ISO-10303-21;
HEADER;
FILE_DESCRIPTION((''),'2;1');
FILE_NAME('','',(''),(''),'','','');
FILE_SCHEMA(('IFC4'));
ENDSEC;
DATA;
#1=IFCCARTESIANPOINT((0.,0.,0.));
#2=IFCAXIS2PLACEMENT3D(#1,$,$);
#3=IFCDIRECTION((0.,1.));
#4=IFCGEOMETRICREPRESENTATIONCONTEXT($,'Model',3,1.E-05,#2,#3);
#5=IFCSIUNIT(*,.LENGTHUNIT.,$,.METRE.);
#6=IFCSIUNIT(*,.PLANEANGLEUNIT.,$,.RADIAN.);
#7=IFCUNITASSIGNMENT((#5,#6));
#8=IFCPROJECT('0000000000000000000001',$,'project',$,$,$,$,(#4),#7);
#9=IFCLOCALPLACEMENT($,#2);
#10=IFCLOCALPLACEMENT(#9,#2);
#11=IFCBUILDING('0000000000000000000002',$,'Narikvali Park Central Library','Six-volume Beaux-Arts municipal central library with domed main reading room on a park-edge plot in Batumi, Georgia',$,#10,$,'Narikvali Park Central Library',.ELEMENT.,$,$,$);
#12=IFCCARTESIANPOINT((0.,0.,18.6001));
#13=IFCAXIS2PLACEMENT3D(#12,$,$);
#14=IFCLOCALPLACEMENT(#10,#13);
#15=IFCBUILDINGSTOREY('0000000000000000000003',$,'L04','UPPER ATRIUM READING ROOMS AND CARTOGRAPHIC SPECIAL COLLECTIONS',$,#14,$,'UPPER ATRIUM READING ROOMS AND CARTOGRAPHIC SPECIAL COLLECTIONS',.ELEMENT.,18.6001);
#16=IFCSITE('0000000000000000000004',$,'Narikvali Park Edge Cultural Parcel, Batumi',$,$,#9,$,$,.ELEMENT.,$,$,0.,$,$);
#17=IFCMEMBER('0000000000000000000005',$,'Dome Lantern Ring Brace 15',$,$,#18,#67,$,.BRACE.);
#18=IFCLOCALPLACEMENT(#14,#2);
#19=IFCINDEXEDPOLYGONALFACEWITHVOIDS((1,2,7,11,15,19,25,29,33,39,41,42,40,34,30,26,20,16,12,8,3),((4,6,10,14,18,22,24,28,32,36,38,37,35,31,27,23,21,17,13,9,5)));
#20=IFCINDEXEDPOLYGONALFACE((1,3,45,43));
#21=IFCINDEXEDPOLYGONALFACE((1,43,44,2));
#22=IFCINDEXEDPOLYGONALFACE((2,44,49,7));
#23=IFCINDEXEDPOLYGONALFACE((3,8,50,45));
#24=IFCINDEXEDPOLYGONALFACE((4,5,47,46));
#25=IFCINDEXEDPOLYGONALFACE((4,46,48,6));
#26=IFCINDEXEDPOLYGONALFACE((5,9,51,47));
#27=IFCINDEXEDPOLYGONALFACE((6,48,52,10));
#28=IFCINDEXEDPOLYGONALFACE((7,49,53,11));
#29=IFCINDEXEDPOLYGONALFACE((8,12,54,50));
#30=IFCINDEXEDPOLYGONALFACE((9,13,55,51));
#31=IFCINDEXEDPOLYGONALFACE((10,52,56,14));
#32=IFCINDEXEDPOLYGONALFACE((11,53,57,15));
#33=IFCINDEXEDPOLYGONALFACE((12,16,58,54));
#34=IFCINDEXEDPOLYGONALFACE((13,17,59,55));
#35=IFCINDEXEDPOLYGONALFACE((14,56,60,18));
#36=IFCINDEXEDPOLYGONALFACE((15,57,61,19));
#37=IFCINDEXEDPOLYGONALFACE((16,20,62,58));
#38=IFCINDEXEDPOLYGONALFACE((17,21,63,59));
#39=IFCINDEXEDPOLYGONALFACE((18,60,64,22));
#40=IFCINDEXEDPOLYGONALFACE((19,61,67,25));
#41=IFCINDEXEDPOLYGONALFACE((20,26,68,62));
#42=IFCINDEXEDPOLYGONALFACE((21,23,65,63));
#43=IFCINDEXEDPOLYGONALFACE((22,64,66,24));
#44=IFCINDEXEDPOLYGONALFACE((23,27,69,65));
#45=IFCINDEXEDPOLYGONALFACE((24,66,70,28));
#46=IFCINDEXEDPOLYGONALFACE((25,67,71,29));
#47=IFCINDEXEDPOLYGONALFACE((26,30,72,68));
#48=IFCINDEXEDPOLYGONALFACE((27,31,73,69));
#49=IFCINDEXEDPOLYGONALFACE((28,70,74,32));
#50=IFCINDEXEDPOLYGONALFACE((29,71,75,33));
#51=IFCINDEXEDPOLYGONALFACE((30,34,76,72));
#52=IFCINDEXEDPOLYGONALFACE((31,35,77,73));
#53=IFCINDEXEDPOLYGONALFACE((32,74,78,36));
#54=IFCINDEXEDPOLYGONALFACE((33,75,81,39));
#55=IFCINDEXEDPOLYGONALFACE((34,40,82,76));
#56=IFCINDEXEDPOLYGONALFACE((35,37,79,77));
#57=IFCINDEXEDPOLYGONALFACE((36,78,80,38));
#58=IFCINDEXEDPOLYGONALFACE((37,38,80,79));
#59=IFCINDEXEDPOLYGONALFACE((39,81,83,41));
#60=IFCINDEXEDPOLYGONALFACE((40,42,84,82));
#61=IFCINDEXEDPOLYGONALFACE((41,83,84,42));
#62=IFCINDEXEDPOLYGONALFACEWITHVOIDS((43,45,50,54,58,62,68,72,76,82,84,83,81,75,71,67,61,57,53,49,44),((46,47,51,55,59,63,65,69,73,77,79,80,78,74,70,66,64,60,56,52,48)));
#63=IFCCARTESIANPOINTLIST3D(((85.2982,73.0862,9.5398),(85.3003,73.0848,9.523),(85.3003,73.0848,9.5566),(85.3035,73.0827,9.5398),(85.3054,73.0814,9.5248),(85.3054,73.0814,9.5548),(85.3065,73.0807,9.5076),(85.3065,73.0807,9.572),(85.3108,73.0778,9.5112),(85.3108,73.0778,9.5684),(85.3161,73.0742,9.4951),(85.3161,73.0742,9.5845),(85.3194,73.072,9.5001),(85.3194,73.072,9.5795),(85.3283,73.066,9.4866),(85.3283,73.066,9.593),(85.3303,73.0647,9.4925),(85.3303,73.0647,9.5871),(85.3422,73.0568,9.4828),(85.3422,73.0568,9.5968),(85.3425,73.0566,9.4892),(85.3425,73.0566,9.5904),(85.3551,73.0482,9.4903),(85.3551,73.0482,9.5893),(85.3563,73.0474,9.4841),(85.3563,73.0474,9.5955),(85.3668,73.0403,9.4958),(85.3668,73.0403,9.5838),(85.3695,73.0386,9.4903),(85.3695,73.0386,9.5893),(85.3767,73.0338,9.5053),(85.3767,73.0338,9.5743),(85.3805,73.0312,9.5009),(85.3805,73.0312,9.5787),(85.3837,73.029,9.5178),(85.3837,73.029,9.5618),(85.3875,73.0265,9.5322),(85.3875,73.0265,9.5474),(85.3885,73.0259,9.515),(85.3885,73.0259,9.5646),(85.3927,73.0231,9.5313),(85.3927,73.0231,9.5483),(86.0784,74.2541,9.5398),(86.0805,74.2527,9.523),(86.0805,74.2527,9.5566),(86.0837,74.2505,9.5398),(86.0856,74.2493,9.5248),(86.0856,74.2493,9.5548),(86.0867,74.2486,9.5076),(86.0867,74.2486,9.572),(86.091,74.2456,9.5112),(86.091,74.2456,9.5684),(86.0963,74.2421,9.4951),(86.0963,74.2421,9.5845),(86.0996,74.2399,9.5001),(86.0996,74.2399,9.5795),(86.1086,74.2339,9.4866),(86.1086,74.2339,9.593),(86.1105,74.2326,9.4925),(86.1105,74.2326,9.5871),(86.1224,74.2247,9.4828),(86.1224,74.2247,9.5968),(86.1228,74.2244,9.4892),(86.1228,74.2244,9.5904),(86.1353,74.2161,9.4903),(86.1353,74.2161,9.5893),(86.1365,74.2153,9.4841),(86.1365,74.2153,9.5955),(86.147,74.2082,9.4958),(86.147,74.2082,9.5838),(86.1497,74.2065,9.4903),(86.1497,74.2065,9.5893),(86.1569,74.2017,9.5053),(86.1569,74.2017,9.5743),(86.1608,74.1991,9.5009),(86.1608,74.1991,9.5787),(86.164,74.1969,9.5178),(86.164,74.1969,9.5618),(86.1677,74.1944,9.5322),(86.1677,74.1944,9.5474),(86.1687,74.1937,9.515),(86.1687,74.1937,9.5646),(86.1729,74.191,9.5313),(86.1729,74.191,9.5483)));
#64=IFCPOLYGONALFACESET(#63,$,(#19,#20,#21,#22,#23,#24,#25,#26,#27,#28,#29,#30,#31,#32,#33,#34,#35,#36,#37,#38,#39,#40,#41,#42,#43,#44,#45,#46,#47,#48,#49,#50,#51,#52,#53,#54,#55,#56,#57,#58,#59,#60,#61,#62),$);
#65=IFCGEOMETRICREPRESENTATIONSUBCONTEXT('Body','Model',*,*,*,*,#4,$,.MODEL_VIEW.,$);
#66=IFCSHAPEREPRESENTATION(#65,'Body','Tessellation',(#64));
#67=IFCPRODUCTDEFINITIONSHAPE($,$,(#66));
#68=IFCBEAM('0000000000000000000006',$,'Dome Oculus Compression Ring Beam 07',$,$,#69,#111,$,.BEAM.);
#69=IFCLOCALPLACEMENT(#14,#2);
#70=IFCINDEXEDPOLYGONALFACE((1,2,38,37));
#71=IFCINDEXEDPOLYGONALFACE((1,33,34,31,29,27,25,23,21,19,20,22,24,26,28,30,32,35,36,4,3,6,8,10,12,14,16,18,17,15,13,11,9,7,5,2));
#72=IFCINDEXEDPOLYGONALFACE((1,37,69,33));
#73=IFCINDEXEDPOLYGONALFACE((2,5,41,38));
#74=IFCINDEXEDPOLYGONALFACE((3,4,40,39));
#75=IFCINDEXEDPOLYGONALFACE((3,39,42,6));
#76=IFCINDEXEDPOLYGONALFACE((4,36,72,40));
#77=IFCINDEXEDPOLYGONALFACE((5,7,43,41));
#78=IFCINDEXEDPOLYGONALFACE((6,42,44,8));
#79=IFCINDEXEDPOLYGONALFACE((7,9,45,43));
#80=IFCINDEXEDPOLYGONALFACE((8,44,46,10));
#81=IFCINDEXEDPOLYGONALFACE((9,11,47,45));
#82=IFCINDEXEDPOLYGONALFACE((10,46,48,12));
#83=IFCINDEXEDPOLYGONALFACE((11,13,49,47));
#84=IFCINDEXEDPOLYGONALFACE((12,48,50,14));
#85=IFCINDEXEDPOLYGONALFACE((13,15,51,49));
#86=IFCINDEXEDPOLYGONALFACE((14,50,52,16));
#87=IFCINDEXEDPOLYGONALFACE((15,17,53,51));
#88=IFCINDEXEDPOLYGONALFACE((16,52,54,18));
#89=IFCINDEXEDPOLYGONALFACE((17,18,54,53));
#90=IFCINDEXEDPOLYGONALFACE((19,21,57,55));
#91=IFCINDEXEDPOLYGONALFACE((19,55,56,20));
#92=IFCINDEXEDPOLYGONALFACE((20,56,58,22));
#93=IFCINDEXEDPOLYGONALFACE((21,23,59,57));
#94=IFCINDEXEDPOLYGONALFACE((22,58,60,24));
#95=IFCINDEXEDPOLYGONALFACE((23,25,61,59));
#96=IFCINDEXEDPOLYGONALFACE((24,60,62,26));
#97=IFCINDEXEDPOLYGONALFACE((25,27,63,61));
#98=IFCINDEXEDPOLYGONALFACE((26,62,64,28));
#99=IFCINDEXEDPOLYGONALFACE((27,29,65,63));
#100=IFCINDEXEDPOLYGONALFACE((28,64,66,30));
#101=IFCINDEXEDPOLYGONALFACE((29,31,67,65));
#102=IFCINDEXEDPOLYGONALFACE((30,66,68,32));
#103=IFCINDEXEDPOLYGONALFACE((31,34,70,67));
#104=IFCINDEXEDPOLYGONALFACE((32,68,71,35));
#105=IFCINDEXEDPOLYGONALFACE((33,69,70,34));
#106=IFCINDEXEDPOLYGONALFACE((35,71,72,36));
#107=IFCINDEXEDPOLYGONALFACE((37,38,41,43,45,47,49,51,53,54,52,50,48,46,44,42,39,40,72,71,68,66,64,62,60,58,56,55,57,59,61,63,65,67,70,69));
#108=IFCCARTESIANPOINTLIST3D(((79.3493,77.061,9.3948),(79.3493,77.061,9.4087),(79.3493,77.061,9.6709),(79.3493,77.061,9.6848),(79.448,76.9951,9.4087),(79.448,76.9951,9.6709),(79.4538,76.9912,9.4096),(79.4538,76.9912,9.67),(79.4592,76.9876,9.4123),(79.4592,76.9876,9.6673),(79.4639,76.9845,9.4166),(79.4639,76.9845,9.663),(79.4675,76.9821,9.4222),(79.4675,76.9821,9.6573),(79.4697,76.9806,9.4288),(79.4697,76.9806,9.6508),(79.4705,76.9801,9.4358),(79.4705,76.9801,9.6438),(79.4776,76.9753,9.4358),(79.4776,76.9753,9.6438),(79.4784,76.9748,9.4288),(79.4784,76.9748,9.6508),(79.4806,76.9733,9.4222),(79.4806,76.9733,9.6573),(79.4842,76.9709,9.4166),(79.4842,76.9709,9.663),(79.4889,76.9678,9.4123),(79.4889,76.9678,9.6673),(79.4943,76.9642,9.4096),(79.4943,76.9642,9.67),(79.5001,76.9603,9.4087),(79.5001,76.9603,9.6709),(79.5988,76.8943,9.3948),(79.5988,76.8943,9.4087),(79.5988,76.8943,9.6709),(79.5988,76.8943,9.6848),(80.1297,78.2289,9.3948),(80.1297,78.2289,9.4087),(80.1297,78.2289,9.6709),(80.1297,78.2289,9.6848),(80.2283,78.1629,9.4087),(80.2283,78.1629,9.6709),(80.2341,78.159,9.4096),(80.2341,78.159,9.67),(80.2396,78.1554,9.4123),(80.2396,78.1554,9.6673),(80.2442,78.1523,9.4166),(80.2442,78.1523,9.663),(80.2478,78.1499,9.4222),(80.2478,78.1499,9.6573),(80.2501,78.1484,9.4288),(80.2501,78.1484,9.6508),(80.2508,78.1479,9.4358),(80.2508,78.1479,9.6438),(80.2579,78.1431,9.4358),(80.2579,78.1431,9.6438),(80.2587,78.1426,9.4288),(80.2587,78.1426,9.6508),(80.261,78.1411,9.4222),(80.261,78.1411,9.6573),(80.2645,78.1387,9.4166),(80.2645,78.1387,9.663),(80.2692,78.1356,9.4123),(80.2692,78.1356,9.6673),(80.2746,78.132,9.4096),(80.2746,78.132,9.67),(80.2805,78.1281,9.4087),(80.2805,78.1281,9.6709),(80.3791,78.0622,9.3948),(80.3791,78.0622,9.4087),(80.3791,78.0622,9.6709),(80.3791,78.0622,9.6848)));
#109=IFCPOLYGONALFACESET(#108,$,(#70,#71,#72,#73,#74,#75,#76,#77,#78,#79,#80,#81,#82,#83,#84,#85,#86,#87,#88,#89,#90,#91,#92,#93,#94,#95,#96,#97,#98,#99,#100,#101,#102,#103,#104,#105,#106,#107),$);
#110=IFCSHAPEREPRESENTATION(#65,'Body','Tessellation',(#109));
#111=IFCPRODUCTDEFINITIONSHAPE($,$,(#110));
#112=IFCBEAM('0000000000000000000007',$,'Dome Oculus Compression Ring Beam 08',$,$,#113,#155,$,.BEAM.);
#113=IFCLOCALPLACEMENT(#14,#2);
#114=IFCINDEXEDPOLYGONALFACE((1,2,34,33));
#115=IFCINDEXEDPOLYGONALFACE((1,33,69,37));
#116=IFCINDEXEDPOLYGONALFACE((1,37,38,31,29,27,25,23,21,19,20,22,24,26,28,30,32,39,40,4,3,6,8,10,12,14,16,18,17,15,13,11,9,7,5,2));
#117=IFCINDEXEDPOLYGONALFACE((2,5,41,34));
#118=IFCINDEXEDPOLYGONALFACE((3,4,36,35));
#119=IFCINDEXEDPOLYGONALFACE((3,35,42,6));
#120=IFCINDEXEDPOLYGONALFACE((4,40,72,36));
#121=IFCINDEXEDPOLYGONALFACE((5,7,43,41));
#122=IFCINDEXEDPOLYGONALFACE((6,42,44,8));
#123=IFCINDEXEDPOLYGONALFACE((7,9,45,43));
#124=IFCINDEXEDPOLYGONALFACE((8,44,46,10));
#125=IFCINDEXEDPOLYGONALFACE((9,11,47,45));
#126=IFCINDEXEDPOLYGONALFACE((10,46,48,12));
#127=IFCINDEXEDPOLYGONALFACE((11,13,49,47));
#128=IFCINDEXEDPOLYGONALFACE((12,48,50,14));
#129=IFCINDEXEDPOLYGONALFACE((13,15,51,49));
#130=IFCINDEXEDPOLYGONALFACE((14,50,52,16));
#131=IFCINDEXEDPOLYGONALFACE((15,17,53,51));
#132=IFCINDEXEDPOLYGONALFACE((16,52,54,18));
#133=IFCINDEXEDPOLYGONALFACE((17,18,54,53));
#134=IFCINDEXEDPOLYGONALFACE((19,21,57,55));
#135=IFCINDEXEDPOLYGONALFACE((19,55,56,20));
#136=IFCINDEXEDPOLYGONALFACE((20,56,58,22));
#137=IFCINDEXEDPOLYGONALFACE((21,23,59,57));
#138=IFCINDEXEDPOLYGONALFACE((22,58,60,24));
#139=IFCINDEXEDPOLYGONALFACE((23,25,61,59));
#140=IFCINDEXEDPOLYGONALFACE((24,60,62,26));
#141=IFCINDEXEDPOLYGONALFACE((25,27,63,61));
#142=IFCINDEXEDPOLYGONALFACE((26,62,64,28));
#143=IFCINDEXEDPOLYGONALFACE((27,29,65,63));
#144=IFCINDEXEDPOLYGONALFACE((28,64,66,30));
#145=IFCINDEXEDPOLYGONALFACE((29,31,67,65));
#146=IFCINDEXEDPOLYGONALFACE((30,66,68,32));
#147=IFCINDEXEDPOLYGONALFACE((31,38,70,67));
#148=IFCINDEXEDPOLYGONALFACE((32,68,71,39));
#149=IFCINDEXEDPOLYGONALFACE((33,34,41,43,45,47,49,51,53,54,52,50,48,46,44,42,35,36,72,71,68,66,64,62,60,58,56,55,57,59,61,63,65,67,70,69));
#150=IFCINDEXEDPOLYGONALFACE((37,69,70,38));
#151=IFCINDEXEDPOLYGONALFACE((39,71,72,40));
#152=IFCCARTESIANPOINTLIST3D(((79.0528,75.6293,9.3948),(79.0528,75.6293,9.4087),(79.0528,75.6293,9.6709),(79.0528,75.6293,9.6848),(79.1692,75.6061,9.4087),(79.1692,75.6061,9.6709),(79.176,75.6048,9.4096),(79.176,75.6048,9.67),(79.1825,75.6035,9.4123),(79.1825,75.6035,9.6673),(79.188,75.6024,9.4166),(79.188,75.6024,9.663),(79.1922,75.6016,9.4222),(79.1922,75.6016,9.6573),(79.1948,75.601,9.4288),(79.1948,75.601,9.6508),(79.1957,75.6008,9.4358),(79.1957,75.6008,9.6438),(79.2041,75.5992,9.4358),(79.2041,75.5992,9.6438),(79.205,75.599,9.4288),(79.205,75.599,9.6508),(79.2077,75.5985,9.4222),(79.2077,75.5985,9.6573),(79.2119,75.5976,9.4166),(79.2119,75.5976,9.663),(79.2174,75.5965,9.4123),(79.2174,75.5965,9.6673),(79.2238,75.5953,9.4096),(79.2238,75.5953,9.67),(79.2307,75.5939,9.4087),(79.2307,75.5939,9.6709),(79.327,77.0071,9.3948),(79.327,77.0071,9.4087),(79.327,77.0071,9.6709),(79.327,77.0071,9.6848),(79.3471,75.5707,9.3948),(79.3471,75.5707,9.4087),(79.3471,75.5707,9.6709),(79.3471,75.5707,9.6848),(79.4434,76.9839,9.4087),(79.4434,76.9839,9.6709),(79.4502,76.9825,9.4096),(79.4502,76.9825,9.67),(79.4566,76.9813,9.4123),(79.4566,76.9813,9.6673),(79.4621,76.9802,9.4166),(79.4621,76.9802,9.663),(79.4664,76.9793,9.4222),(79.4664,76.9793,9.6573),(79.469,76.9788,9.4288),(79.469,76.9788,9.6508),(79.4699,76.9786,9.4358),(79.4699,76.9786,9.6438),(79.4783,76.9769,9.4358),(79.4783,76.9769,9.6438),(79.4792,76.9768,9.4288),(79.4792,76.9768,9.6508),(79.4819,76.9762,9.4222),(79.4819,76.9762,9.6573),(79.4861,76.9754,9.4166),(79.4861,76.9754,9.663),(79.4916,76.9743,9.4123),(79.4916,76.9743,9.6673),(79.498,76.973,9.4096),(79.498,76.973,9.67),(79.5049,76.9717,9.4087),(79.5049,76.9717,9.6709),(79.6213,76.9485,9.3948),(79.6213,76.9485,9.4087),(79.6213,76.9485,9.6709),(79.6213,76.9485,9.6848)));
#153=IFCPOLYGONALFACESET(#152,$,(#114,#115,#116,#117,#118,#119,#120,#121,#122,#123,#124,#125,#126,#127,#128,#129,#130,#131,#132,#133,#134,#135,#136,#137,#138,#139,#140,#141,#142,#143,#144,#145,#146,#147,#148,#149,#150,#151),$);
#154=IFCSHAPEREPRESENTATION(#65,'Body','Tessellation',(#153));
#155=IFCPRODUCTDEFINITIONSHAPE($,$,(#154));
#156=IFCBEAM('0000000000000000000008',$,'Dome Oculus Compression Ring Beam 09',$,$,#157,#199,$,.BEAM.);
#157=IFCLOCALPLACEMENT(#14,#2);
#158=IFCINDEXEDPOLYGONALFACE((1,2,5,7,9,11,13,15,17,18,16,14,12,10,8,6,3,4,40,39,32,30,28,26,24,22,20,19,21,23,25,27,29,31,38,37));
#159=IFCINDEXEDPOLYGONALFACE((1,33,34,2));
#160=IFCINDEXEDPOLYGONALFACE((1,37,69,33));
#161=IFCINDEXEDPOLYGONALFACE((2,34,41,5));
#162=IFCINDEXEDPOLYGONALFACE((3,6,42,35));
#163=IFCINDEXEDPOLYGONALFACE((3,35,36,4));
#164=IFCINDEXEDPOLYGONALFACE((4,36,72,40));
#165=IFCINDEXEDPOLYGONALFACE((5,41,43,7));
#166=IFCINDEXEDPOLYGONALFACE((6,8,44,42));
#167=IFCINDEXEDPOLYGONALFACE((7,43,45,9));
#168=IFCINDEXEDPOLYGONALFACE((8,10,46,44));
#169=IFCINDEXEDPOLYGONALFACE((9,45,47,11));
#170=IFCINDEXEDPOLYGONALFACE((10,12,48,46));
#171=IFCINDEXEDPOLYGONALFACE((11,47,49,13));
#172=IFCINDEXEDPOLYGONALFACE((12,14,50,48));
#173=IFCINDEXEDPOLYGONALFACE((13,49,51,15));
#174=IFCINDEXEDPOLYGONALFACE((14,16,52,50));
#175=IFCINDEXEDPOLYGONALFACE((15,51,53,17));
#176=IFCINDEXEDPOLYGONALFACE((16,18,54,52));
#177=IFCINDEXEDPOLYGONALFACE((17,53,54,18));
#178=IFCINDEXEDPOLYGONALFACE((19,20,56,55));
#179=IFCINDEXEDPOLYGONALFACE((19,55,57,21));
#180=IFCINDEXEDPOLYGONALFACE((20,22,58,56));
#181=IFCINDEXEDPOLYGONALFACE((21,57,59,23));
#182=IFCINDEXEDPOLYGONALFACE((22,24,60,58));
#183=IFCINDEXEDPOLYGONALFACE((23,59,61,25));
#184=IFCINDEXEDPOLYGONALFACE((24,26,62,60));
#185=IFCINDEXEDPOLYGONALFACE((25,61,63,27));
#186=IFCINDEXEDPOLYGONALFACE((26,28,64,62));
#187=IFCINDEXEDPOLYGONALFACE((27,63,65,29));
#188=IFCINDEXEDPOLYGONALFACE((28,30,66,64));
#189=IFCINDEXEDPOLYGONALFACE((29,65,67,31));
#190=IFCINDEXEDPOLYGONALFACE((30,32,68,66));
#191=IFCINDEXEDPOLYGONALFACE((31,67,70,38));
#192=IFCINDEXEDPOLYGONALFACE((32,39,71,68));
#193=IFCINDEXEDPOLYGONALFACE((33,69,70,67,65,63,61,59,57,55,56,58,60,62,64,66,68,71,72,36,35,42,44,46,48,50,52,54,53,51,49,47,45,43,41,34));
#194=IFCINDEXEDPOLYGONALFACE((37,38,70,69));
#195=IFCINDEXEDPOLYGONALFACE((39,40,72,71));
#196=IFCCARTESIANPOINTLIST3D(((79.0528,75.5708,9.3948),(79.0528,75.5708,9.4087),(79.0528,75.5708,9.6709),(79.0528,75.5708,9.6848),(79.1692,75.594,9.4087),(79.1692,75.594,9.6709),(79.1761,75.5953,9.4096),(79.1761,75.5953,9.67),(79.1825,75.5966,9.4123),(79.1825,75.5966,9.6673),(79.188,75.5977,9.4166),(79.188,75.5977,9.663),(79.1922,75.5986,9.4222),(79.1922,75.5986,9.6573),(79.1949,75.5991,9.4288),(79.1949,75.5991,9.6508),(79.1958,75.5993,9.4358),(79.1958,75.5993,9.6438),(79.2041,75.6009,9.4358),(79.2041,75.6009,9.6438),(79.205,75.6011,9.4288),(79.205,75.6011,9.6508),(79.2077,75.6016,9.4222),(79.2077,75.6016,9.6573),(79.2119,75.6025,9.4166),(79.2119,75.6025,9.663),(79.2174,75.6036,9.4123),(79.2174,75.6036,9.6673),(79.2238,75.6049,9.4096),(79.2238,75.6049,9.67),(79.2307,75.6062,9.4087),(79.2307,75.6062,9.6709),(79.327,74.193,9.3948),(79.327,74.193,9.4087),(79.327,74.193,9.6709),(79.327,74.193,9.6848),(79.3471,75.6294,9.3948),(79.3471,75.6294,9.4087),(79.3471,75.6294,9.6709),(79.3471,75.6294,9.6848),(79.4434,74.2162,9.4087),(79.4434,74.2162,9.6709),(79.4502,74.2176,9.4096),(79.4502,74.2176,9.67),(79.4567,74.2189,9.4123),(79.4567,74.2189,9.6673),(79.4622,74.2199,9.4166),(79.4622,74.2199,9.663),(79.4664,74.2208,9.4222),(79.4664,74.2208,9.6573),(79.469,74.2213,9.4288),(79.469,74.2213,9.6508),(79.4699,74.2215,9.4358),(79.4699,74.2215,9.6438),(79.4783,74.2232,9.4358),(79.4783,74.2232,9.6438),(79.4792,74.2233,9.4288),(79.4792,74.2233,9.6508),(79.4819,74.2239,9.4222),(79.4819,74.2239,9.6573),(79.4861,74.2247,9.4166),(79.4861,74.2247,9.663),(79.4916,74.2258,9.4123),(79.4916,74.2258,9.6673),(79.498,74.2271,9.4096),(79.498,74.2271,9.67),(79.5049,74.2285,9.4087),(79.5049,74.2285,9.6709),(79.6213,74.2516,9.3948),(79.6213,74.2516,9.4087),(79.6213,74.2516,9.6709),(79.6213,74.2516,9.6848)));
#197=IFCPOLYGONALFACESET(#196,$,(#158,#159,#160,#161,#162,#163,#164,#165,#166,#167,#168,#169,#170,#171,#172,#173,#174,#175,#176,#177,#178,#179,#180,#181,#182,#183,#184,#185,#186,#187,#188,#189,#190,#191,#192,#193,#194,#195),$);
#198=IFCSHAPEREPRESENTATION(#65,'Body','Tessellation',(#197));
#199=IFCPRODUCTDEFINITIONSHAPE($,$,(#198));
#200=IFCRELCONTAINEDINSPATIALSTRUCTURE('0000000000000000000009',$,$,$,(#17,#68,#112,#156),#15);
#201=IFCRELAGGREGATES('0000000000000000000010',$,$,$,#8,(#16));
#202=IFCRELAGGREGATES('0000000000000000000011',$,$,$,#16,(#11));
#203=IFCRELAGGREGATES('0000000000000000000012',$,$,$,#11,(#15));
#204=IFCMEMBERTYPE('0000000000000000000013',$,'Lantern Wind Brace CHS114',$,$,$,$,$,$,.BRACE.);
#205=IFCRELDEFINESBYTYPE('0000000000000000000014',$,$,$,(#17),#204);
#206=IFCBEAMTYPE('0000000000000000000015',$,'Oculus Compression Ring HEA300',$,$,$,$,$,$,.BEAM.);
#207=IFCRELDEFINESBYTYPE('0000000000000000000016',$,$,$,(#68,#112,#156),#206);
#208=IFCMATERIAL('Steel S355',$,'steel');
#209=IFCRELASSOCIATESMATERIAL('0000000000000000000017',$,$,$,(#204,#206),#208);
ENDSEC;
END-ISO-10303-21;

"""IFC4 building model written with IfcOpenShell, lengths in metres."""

from ifc_helpers import new_model, si_unit, direction, frame, origin, origin_2d, place, context, subcontext, project, spatial, hollow_circle, i_section, extrude, material, material_profile, profile_set, type_object, element, save


model = new_model("IFC4")

# Units and contexts
model_context = context("Model", 3, precision=1e-05, world=origin(), true_north=direction((0.0, 1.0)))
body_context = subcontext(model_context, "Body", "Model", "MODEL_VIEW")
ifc_project = project(units=[si_unit("LENGTHUNIT", "METRE"), si_unit("PLANEANGLEUNIT", "RADIAN")], contexts=[model_context])

# Site, building, storey
site_placement = place(None, origin())
site = spatial("IfcSite", under=ifc_project, at=site_placement, Name="Narikvali Park Edge Cultural Parcel, Batumi", CompositionType="ELEMENT", RefElevation=0.0)
building_placement = place(site_placement, origin())
building = spatial("IfcBuilding", under=site, at=building_placement, Name="Narikvali Park Central Library", Description="Six-volume Beaux-Arts municipal central library with domed main reading room on a park-edge plot in Batumi, Georgia", LongName="Narikvali Park Central Library", CompositionType="ELEMENT")
storey_placement = place(building_placement, frame((0.0, 0.0, 18.6001)))
storey = spatial("IfcBuildingStorey", under=building, at=storey_placement, Name="L04", Description="UPPER ATRIUM READING ROOMS AND CARTOGRAPHIC SPECIAL COLLECTIONS", LongName="UPPER ATRIUM READING ROOMS AND CARTOGRAPHIC SPECIAL COLLECTIONS", CompositionType="ELEMENT", Elevation=18.6001)

# Member
ifc_material_1 = material(Name="Steel S355", Category="steel")
ifc_material_profile_1 = material_profile(ifc_material_1, hollow_circle(Radius=0.0571, WallThickness=0.0063, at=origin_2d()), Name="CHS 114.3x6.3")
ifc_profile_set_1 = profile_set([ifc_material_profile_1], Name="Steel S355")
member_type_1 = type_object("IfcMemberType", Name="Lantern Wind Brace CHS114", PredefinedType="BRACE", material=ifc_profile_set_1)
member_1_placement = place(storey_placement, frame((85.3457, 73.0544, 9.5398), z_axis=(0.555502, 0.831515, 0.0), x_axis=(-0.831515, 0.555502, 0.0)))
element("IfcMember", 1, at=member_1_placement, inside=storey, type_object=member_type_1, Name="Dome Lantern Ring Brace 15", PredefinedType="BRACE", context=body_context, shape_type="SweptSolid", body=[
    extrude(hollow_circle(Radius=0.0571, WallThickness=0.0063, at=origin_2d()), origin(), (0.0, 0.0, 1.0), 1.4045),
])

# Beams
ifc_material_profile_2 = material_profile(ifc_material_1, i_section(OverallWidth=0.3, OverallDepth=0.29, WebThickness=0.0085, FlangeThickness=0.0139, FilletRadius=0.0271, at=origin_2d()), Name="HEA 300")
ifc_profile_set_2 = profile_set([ifc_material_profile_2], Name="Steel S355")
beam_type = type_object("IfcBeamType", Name="Oculus Compression Ring HEA300", PredefinedType="BEAM", material=ifc_profile_set_2)
beam_1_placement = place(storey_placement, frame((80.2544, 78.1455, 9.5398), z_axis=(-0.555582, -0.831461, 0.0), x_axis=(0.831461, -0.555582, 0.0)))
element("IfcBeam", 2, at=beam_1_placement, inside=storey, type_object=beam_type, Name="Dome Oculus Compression Ring Beam 07", PredefinedType="BEAM", context=body_context, shape_type="SweptSolid", body=[
    extrude(i_section(OverallWidth=0.3, OverallDepth=0.29, WebThickness=0.0085, FlangeThickness=0.0139, FilletRadius=0.0271, at=origin_2d()), origin(), (0.0, 0.0, 1.0), 1.4045),
])
for number, where, z_axis, x_axis, name in (
    (3, (79.4741, 76.9778, 9.5398), (-0.19518, -0.980767, 0.0), (0.980767, -0.19518, 0.0), "Dome Oculus Compression Ring Beam 08"),
    (4, (79.2, 75.6001, 9.5398), (0.19518, -0.980767, 0.0), (0.980767, 0.19518, 0.0), "Dome Oculus Compression Ring Beam 09"),
):
    element("IfcBeam", number, at=place(storey_placement, frame(where, z_axis=z_axis, x_axis=x_axis)), inside=storey, type_object=beam_type, Name=name, PredefinedType="BEAM", context=body_context, shape_type="SweptSolid", body=[
        extrude(i_section(OverallWidth=0.3, OverallDepth=0.29, WebThickness=0.0085, FlangeThickness=0.0139, FilletRadius=0.0271, at=origin_2d()), origin(), (0.0, 0.0, 1.0), 1.4048),
    ])

save(model, "model.ifc")
